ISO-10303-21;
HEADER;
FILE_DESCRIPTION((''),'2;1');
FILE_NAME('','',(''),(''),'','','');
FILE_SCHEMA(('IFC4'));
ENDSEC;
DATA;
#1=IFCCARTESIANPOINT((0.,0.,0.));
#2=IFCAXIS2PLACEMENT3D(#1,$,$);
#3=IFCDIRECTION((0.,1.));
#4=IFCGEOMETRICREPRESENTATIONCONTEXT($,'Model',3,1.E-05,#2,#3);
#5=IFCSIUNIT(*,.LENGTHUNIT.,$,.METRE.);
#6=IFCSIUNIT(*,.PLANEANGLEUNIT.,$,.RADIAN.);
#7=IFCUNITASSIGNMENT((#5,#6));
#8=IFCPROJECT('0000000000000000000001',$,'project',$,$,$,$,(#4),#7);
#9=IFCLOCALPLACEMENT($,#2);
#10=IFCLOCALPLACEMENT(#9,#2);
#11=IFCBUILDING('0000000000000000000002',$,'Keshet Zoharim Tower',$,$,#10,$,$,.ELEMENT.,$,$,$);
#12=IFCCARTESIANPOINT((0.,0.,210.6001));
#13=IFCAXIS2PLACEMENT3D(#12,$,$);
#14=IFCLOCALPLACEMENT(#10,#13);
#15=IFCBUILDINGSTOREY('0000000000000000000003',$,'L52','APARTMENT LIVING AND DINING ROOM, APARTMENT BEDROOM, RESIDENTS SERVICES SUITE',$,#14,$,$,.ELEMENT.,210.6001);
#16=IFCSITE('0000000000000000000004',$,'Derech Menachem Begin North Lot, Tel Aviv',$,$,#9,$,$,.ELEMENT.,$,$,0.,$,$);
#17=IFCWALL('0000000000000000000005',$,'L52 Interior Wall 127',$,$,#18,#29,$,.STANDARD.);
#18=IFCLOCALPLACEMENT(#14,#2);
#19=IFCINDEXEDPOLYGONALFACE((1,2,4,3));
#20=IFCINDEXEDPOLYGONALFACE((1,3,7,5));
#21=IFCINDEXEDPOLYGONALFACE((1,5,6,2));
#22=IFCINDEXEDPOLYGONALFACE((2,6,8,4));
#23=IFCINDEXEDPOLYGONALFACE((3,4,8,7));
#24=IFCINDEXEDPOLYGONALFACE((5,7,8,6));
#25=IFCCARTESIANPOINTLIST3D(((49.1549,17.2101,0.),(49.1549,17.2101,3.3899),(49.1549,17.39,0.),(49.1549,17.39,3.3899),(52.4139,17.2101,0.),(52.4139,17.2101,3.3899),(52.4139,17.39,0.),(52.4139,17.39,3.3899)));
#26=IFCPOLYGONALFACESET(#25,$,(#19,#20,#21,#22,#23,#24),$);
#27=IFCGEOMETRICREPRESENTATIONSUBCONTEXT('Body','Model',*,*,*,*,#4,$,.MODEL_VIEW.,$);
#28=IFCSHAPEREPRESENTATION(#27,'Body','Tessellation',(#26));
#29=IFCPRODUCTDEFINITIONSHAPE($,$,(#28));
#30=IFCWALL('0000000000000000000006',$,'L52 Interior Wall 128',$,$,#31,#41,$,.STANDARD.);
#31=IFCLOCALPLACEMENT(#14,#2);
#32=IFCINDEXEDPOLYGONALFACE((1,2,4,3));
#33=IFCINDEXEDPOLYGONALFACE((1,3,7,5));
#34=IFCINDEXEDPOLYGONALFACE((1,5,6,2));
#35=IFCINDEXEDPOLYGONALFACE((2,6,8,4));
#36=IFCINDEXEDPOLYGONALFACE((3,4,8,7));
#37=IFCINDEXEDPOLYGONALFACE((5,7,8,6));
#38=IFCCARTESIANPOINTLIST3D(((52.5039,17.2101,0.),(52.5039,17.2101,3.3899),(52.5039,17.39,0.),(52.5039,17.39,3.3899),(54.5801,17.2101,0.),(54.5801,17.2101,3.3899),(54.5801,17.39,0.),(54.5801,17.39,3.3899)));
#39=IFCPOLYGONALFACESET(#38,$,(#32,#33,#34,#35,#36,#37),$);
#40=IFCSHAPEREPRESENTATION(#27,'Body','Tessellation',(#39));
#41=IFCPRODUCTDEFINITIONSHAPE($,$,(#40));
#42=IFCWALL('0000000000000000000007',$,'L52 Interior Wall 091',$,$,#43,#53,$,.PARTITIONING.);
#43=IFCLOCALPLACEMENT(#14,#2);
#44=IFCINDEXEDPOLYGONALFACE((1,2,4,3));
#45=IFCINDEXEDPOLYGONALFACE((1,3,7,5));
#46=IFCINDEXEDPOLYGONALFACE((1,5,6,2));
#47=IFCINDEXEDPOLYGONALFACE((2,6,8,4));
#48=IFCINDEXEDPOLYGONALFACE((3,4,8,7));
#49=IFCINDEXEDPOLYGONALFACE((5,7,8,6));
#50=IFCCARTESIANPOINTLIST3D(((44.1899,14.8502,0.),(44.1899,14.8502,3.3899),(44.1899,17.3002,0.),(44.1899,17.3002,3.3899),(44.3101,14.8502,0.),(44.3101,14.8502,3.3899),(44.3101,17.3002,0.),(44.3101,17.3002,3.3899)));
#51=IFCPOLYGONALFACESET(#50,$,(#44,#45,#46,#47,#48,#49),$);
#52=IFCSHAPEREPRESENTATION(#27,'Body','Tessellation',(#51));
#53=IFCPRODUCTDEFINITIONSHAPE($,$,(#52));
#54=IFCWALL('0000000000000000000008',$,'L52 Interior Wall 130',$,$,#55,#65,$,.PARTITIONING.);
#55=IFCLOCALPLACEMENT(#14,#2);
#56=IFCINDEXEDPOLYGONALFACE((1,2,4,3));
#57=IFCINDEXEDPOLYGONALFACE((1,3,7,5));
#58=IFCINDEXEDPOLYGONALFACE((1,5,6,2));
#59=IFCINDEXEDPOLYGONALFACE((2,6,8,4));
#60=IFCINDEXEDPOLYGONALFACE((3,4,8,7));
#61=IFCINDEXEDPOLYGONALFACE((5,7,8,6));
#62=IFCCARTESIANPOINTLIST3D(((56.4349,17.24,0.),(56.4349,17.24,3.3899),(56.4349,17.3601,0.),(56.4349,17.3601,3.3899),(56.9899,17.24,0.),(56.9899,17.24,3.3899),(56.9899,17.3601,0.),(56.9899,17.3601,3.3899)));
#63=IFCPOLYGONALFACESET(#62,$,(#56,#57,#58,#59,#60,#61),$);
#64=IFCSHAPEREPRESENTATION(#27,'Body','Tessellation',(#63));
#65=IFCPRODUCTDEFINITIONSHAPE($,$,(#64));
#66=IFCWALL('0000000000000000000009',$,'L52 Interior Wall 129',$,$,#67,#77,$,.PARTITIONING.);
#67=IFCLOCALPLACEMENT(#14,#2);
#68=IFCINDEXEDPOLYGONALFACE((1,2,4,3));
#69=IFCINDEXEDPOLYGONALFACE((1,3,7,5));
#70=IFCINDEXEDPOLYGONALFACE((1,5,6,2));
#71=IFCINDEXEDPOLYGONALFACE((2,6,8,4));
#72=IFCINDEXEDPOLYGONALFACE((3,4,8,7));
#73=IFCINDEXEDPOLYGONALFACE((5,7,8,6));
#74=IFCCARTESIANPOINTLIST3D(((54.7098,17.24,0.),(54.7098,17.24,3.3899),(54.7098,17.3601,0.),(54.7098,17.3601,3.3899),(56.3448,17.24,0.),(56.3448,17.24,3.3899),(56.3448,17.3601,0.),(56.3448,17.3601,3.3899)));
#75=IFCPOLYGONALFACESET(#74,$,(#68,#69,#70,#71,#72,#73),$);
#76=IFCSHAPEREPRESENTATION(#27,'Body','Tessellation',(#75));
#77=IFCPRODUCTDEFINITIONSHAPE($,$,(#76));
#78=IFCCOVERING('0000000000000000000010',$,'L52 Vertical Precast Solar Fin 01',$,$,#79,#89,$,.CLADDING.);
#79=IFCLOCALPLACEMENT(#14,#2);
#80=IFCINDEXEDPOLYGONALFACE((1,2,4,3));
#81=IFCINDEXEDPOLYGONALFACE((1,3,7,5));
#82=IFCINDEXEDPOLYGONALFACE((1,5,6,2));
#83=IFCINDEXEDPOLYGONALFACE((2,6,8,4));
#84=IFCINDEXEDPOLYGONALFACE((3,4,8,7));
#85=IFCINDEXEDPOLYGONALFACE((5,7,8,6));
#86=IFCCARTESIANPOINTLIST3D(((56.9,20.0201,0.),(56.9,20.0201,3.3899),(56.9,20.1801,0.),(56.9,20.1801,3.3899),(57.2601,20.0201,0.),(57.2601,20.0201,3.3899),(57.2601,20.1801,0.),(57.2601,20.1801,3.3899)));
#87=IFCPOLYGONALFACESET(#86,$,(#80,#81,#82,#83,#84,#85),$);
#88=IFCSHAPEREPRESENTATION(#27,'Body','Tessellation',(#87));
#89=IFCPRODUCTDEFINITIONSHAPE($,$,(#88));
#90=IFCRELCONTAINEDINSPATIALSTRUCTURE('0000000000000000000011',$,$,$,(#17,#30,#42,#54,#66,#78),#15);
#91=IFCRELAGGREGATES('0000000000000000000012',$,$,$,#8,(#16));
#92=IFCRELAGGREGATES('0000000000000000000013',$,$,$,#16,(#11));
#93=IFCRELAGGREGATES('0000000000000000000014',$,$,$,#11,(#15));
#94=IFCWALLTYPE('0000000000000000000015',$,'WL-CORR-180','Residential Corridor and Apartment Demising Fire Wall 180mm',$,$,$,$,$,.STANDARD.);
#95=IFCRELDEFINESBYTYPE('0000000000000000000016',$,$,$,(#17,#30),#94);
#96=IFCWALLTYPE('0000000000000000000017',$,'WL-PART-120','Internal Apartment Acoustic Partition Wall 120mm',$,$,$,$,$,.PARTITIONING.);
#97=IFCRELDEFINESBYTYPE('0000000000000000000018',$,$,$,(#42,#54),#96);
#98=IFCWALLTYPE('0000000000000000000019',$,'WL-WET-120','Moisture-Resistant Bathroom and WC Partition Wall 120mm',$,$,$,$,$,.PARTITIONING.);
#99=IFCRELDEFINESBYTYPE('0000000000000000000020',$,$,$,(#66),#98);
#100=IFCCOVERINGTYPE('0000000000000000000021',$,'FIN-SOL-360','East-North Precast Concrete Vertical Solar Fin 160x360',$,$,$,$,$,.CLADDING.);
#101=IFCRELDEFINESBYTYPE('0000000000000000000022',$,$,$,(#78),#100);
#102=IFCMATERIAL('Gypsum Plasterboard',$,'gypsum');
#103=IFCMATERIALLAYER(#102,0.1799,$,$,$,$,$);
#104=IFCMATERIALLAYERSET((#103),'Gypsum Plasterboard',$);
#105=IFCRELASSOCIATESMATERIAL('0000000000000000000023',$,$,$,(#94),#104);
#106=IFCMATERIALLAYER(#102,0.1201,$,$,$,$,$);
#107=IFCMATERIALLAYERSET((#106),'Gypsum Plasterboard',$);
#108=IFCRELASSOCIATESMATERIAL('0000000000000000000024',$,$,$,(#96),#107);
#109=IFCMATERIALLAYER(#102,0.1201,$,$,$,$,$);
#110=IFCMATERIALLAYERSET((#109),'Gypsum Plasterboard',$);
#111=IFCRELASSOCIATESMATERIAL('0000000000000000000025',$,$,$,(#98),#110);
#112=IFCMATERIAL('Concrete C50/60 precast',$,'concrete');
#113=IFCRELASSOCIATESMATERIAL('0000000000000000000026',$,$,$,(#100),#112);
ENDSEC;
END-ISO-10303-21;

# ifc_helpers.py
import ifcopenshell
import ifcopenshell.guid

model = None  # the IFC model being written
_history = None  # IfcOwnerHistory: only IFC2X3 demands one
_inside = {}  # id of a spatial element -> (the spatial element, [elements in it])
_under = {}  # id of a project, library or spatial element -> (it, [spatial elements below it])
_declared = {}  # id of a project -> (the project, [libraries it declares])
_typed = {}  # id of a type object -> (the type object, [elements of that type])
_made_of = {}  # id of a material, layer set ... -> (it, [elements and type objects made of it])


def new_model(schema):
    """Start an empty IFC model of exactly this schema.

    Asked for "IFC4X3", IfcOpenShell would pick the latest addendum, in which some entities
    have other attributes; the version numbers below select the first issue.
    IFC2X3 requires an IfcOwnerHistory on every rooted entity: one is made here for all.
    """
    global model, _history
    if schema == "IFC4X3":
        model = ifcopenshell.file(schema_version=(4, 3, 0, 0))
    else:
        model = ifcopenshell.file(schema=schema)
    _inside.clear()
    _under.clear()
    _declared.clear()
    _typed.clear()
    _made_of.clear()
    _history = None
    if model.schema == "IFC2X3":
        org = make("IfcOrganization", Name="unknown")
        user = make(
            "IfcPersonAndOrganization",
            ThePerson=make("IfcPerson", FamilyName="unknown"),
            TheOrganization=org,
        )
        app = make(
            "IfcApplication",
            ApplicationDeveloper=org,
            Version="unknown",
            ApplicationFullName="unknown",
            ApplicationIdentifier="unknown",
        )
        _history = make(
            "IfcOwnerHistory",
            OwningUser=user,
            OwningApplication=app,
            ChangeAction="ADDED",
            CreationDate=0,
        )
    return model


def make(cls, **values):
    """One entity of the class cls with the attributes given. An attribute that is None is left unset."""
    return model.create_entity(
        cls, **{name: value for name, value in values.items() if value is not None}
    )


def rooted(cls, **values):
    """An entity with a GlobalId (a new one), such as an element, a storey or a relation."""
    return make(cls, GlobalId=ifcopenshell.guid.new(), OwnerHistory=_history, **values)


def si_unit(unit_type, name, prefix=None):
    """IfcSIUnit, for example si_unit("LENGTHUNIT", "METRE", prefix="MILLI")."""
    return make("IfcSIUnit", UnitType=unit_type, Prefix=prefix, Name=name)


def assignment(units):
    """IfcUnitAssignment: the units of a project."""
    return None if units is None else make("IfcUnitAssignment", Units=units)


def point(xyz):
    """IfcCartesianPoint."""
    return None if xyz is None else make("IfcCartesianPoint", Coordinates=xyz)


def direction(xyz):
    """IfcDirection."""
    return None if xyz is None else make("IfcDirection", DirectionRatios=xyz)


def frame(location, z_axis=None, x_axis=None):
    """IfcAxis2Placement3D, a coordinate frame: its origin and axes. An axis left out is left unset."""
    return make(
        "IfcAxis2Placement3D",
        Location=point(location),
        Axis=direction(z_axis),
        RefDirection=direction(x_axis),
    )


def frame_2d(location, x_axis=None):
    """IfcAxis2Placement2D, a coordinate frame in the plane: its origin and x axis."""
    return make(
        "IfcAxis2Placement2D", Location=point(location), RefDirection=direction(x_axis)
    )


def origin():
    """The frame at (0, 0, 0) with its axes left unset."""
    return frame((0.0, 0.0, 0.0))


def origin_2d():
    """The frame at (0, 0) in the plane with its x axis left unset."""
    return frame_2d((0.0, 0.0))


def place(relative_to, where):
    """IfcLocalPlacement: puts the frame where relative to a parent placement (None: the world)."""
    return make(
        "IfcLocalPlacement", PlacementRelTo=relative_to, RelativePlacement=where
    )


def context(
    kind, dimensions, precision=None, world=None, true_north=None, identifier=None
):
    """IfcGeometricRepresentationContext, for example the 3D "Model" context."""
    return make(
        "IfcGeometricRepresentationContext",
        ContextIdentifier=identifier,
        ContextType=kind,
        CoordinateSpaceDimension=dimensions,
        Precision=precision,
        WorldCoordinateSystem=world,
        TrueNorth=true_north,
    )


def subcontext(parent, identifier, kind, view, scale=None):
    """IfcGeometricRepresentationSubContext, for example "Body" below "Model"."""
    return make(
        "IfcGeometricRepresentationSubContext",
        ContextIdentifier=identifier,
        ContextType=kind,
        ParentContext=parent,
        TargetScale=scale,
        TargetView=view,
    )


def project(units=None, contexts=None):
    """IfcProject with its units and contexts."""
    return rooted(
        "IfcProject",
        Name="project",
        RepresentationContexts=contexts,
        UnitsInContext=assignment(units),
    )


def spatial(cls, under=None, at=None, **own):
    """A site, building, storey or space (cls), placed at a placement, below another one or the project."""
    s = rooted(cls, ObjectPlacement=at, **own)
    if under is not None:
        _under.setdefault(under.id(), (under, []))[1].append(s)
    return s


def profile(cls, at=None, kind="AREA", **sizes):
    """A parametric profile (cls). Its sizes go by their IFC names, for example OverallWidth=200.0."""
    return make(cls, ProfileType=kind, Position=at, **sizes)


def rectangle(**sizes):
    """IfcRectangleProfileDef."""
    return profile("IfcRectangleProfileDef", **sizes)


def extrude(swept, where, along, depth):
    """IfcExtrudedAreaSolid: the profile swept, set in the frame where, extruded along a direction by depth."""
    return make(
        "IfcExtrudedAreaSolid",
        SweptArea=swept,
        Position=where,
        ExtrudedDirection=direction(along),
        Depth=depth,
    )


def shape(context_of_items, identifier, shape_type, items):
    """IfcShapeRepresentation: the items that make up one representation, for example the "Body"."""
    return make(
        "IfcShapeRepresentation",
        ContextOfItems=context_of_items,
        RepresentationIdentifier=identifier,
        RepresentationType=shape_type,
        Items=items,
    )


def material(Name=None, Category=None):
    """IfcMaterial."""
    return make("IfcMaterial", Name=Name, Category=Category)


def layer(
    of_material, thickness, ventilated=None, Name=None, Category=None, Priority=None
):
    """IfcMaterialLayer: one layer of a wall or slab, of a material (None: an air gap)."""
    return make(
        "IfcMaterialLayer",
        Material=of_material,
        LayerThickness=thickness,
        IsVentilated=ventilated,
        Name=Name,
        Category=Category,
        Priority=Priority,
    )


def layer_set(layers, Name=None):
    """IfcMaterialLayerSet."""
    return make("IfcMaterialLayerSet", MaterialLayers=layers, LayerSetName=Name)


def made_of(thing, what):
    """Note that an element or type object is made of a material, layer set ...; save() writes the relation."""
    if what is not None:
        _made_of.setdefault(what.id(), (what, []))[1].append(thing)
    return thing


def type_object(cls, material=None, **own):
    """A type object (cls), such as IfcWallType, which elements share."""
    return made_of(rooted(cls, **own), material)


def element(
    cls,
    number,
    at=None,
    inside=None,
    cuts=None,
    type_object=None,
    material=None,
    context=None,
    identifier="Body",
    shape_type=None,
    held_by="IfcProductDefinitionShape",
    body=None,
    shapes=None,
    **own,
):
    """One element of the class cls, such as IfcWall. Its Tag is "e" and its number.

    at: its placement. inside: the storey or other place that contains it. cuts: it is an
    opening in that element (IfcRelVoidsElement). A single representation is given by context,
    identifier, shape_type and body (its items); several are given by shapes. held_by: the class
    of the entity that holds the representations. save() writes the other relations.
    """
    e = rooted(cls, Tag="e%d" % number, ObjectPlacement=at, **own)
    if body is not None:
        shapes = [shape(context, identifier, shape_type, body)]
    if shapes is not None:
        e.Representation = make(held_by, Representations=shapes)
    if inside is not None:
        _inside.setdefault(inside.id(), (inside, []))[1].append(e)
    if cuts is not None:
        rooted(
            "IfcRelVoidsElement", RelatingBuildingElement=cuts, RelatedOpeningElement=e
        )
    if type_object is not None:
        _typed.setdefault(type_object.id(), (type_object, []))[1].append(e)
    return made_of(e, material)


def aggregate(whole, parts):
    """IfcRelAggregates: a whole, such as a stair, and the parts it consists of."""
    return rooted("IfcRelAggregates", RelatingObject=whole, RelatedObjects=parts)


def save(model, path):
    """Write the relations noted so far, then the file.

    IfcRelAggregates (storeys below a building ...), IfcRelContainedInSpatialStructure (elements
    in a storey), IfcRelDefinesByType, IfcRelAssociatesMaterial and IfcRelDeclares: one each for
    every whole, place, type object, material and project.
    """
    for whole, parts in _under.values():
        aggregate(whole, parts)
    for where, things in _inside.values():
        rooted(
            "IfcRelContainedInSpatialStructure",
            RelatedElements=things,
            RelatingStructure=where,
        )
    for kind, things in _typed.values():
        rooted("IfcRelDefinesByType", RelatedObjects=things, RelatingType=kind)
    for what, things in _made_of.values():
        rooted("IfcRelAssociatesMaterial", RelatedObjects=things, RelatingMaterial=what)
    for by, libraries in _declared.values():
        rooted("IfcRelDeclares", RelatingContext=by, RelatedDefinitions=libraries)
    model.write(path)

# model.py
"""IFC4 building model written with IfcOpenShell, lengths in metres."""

from ifc_helpers import new_model, si_unit, direction, frame, frame_2d, origin, origin_2d, place, context, subcontext, project, spatial, rectangle, extrude, material, layer, layer_set, type_object, element, save


model = new_model("IFC4")

# Units and contexts
model_context = context("Model", 3, precision=1e-05, world=origin(), true_north=direction((0.0, 1.0)))
body_context = subcontext(model_context, "Body", "Model", "MODEL_VIEW")
ifc_project = project(units=[si_unit("LENGTHUNIT", "METRE"), si_unit("PLANEANGLEUNIT", "RADIAN")], contexts=[model_context])

# Site, building, storey
site_placement = place(None, origin())
site = spatial("IfcSite", under=ifc_project, at=site_placement, Name="Derech Menachem Begin North Lot, Tel Aviv", CompositionType="ELEMENT", RefElevation=0.0)
building_placement = place(site_placement, origin())
building = spatial("IfcBuilding", under=site, at=building_placement, Name="Keshet Zoharim Tower", CompositionType="ELEMENT")
storey_placement = place(building_placement, frame((0.0, 0.0, 210.6001)))
storey = spatial("IfcBuildingStorey", under=building, at=storey_placement, Name="L52", Description="APARTMENT LIVING AND DINING ROOM, APARTMENT BEDROOM, RESIDENTS SERVICES SUITE", CompositionType="ELEMENT", Elevation=210.6001)

# Shared definitions
ifc_material_1 = material(Name="Gypsum Plasterboard", Category="gypsum")

# Shared definitions
ifc_layer_1 = layer(ifc_material_1, 0.1799)
ifc_layer_set_1 = layer_set([ifc_layer_1], Name="Gypsum Plasterboard")
wall_type_1 = type_object("IfcWallType", Name="WL-CORR-180", Description="Residential Corridor and Apartment Demising Fire Wall 180mm", PredefinedType="STANDARD", material=ifc_layer_set_1)

# Walls
wall_1_placement = place(storey_placement, frame((49.155, 17.3, 0.0), z_axis=(0.0, 0.0, 1.0), x_axis=(1.0, 0.0, 0.0)))
element("IfcWall", 1, at=wall_1_placement, inside=storey, type_object=wall_type_1, Name="L52 Interior Wall 127", PredefinedType="STANDARD", context=body_context, shape_type="SweptSolid", body=[
    extrude(rectangle(XDim=3.259, YDim=0.1799, at=frame_2d((1.6294, 0.0))), origin(), (0.0, 0.0, 1.0), 3.3899),
])
wall_2_placement = place(storey_placement, frame((52.5039, 17.3, 0.0), z_axis=(0.0, 0.0, 1.0), x_axis=(1.0, 0.0, 0.0)))
element("IfcWall", 2, at=wall_2_placement, inside=storey, type_object=wall_type_1, Name="L52 Interior Wall 128", PredefinedType="STANDARD", context=body_context, shape_type="SweptSolid", body=[
    extrude(rectangle(XDim=2.0762, YDim=0.1799, at=frame_2d((1.0381, 0.0))), origin(), (0.0, 0.0, 1.0), 3.3899),
])
ifc_layer_2 = layer(ifc_material_1, 0.1201)
ifc_layer_set_2 = layer_set([ifc_layer_2], Name="Gypsum Plasterboard")
wall_type_2 = type_object("IfcWallType", Name="WL-PART-120", Description="Internal Apartment Acoustic Partition Wall 120mm", PredefinedType="PARTITIONING", material=ifc_layer_set_2)
wall_3_placement = place(storey_placement, frame((44.25, 14.8501, 0.0), z_axis=(0.0, 0.0, 1.0), x_axis=(0.0, 1.0, 0.0)))
element("IfcWall", 3, at=wall_3_placement, inside=storey, type_object=wall_type_2, Name="L52 Interior Wall 091", PredefinedType="PARTITIONING", context=body_context, shape_type="SweptSolid", body=[
    extrude(rectangle(XDim=2.45, YDim=0.1201, at=frame_2d((1.2251, 0.0))), origin(), (0.0, 0.0, 1.0), 3.3899),
])

# Walls
wall_4_placement = place(storey_placement, frame((56.4351, 17.3, 0.0), z_axis=(0.0, 0.0, 1.0), x_axis=(1.0, 0.0, 0.0)))
element("IfcWall", 4, at=wall_4_placement, inside=storey, type_object=wall_type_2, Name="L52 Interior Wall 130", PredefinedType="PARTITIONING", context=body_context, shape_type="SweptSolid", body=[
    extrude(rectangle(XDim=0.5549, YDim=0.1201, at=frame_2d((0.2773, 0.0))), origin(), (0.0, 0.0, 1.0), 3.3899),
])
ifc_layer_3 = layer(ifc_material_1, 0.1201)
ifc_layer_set_3 = layer_set([ifc_layer_3], Name="Gypsum Plasterboard")
wall_type_3 = type_object("IfcWallType", Name="WL-WET-120", Description="Moisture-Resistant Bathroom and WC Partition Wall 120mm", PredefinedType="PARTITIONING", material=ifc_layer_set_3)
wall_5_placement = place(storey_placement, frame((54.71, 17.3, 0.0), z_axis=(0.0, 0.0, 1.0), x_axis=(1.0, 0.0, 0.0)))
element("IfcWall", 5, at=wall_5_placement, inside=storey, type_object=wall_type_3, Name="L52 Interior Wall 129", PredefinedType="PARTITIONING", context=body_context, shape_type="SweptSolid", body=[
    extrude(rectangle(XDim=1.635, YDim=0.1201, at=frame_2d((0.8174, 0.0))), origin(), (0.0, 0.0, 1.0), 3.3899),
])

# Covering
ifc_material_2 = material(Name="Concrete C50/60 precast", Category="concrete")
covering_type = type_object("IfcCoveringType", Name="FIN-SOL-360", Description="East-North Precast Concrete Vertical Solar Fin 160x360", PredefinedType="CLADDING", material=ifc_material_2)
covering_placement = place(storey_placement, frame((57.0801, 20.1001, 0.0), z_axis=(0.0, 0.0, 1.0), x_axis=(0.0, -1.0, 0.0)))
element("IfcCovering", 6, at=covering_placement, inside=storey, type_object=covering_type, Name="L52 Vertical Precast Solar Fin 01", PredefinedType="CLADDING", context=body_context, shape_type="SweptSolid", body=[
    extrude(rectangle(XDim=0.1599, YDim=0.3601, at=origin_2d()), origin(), (0.0, 0.0, 1.0), 3.3899),
])

save(model, "model.ifc")
